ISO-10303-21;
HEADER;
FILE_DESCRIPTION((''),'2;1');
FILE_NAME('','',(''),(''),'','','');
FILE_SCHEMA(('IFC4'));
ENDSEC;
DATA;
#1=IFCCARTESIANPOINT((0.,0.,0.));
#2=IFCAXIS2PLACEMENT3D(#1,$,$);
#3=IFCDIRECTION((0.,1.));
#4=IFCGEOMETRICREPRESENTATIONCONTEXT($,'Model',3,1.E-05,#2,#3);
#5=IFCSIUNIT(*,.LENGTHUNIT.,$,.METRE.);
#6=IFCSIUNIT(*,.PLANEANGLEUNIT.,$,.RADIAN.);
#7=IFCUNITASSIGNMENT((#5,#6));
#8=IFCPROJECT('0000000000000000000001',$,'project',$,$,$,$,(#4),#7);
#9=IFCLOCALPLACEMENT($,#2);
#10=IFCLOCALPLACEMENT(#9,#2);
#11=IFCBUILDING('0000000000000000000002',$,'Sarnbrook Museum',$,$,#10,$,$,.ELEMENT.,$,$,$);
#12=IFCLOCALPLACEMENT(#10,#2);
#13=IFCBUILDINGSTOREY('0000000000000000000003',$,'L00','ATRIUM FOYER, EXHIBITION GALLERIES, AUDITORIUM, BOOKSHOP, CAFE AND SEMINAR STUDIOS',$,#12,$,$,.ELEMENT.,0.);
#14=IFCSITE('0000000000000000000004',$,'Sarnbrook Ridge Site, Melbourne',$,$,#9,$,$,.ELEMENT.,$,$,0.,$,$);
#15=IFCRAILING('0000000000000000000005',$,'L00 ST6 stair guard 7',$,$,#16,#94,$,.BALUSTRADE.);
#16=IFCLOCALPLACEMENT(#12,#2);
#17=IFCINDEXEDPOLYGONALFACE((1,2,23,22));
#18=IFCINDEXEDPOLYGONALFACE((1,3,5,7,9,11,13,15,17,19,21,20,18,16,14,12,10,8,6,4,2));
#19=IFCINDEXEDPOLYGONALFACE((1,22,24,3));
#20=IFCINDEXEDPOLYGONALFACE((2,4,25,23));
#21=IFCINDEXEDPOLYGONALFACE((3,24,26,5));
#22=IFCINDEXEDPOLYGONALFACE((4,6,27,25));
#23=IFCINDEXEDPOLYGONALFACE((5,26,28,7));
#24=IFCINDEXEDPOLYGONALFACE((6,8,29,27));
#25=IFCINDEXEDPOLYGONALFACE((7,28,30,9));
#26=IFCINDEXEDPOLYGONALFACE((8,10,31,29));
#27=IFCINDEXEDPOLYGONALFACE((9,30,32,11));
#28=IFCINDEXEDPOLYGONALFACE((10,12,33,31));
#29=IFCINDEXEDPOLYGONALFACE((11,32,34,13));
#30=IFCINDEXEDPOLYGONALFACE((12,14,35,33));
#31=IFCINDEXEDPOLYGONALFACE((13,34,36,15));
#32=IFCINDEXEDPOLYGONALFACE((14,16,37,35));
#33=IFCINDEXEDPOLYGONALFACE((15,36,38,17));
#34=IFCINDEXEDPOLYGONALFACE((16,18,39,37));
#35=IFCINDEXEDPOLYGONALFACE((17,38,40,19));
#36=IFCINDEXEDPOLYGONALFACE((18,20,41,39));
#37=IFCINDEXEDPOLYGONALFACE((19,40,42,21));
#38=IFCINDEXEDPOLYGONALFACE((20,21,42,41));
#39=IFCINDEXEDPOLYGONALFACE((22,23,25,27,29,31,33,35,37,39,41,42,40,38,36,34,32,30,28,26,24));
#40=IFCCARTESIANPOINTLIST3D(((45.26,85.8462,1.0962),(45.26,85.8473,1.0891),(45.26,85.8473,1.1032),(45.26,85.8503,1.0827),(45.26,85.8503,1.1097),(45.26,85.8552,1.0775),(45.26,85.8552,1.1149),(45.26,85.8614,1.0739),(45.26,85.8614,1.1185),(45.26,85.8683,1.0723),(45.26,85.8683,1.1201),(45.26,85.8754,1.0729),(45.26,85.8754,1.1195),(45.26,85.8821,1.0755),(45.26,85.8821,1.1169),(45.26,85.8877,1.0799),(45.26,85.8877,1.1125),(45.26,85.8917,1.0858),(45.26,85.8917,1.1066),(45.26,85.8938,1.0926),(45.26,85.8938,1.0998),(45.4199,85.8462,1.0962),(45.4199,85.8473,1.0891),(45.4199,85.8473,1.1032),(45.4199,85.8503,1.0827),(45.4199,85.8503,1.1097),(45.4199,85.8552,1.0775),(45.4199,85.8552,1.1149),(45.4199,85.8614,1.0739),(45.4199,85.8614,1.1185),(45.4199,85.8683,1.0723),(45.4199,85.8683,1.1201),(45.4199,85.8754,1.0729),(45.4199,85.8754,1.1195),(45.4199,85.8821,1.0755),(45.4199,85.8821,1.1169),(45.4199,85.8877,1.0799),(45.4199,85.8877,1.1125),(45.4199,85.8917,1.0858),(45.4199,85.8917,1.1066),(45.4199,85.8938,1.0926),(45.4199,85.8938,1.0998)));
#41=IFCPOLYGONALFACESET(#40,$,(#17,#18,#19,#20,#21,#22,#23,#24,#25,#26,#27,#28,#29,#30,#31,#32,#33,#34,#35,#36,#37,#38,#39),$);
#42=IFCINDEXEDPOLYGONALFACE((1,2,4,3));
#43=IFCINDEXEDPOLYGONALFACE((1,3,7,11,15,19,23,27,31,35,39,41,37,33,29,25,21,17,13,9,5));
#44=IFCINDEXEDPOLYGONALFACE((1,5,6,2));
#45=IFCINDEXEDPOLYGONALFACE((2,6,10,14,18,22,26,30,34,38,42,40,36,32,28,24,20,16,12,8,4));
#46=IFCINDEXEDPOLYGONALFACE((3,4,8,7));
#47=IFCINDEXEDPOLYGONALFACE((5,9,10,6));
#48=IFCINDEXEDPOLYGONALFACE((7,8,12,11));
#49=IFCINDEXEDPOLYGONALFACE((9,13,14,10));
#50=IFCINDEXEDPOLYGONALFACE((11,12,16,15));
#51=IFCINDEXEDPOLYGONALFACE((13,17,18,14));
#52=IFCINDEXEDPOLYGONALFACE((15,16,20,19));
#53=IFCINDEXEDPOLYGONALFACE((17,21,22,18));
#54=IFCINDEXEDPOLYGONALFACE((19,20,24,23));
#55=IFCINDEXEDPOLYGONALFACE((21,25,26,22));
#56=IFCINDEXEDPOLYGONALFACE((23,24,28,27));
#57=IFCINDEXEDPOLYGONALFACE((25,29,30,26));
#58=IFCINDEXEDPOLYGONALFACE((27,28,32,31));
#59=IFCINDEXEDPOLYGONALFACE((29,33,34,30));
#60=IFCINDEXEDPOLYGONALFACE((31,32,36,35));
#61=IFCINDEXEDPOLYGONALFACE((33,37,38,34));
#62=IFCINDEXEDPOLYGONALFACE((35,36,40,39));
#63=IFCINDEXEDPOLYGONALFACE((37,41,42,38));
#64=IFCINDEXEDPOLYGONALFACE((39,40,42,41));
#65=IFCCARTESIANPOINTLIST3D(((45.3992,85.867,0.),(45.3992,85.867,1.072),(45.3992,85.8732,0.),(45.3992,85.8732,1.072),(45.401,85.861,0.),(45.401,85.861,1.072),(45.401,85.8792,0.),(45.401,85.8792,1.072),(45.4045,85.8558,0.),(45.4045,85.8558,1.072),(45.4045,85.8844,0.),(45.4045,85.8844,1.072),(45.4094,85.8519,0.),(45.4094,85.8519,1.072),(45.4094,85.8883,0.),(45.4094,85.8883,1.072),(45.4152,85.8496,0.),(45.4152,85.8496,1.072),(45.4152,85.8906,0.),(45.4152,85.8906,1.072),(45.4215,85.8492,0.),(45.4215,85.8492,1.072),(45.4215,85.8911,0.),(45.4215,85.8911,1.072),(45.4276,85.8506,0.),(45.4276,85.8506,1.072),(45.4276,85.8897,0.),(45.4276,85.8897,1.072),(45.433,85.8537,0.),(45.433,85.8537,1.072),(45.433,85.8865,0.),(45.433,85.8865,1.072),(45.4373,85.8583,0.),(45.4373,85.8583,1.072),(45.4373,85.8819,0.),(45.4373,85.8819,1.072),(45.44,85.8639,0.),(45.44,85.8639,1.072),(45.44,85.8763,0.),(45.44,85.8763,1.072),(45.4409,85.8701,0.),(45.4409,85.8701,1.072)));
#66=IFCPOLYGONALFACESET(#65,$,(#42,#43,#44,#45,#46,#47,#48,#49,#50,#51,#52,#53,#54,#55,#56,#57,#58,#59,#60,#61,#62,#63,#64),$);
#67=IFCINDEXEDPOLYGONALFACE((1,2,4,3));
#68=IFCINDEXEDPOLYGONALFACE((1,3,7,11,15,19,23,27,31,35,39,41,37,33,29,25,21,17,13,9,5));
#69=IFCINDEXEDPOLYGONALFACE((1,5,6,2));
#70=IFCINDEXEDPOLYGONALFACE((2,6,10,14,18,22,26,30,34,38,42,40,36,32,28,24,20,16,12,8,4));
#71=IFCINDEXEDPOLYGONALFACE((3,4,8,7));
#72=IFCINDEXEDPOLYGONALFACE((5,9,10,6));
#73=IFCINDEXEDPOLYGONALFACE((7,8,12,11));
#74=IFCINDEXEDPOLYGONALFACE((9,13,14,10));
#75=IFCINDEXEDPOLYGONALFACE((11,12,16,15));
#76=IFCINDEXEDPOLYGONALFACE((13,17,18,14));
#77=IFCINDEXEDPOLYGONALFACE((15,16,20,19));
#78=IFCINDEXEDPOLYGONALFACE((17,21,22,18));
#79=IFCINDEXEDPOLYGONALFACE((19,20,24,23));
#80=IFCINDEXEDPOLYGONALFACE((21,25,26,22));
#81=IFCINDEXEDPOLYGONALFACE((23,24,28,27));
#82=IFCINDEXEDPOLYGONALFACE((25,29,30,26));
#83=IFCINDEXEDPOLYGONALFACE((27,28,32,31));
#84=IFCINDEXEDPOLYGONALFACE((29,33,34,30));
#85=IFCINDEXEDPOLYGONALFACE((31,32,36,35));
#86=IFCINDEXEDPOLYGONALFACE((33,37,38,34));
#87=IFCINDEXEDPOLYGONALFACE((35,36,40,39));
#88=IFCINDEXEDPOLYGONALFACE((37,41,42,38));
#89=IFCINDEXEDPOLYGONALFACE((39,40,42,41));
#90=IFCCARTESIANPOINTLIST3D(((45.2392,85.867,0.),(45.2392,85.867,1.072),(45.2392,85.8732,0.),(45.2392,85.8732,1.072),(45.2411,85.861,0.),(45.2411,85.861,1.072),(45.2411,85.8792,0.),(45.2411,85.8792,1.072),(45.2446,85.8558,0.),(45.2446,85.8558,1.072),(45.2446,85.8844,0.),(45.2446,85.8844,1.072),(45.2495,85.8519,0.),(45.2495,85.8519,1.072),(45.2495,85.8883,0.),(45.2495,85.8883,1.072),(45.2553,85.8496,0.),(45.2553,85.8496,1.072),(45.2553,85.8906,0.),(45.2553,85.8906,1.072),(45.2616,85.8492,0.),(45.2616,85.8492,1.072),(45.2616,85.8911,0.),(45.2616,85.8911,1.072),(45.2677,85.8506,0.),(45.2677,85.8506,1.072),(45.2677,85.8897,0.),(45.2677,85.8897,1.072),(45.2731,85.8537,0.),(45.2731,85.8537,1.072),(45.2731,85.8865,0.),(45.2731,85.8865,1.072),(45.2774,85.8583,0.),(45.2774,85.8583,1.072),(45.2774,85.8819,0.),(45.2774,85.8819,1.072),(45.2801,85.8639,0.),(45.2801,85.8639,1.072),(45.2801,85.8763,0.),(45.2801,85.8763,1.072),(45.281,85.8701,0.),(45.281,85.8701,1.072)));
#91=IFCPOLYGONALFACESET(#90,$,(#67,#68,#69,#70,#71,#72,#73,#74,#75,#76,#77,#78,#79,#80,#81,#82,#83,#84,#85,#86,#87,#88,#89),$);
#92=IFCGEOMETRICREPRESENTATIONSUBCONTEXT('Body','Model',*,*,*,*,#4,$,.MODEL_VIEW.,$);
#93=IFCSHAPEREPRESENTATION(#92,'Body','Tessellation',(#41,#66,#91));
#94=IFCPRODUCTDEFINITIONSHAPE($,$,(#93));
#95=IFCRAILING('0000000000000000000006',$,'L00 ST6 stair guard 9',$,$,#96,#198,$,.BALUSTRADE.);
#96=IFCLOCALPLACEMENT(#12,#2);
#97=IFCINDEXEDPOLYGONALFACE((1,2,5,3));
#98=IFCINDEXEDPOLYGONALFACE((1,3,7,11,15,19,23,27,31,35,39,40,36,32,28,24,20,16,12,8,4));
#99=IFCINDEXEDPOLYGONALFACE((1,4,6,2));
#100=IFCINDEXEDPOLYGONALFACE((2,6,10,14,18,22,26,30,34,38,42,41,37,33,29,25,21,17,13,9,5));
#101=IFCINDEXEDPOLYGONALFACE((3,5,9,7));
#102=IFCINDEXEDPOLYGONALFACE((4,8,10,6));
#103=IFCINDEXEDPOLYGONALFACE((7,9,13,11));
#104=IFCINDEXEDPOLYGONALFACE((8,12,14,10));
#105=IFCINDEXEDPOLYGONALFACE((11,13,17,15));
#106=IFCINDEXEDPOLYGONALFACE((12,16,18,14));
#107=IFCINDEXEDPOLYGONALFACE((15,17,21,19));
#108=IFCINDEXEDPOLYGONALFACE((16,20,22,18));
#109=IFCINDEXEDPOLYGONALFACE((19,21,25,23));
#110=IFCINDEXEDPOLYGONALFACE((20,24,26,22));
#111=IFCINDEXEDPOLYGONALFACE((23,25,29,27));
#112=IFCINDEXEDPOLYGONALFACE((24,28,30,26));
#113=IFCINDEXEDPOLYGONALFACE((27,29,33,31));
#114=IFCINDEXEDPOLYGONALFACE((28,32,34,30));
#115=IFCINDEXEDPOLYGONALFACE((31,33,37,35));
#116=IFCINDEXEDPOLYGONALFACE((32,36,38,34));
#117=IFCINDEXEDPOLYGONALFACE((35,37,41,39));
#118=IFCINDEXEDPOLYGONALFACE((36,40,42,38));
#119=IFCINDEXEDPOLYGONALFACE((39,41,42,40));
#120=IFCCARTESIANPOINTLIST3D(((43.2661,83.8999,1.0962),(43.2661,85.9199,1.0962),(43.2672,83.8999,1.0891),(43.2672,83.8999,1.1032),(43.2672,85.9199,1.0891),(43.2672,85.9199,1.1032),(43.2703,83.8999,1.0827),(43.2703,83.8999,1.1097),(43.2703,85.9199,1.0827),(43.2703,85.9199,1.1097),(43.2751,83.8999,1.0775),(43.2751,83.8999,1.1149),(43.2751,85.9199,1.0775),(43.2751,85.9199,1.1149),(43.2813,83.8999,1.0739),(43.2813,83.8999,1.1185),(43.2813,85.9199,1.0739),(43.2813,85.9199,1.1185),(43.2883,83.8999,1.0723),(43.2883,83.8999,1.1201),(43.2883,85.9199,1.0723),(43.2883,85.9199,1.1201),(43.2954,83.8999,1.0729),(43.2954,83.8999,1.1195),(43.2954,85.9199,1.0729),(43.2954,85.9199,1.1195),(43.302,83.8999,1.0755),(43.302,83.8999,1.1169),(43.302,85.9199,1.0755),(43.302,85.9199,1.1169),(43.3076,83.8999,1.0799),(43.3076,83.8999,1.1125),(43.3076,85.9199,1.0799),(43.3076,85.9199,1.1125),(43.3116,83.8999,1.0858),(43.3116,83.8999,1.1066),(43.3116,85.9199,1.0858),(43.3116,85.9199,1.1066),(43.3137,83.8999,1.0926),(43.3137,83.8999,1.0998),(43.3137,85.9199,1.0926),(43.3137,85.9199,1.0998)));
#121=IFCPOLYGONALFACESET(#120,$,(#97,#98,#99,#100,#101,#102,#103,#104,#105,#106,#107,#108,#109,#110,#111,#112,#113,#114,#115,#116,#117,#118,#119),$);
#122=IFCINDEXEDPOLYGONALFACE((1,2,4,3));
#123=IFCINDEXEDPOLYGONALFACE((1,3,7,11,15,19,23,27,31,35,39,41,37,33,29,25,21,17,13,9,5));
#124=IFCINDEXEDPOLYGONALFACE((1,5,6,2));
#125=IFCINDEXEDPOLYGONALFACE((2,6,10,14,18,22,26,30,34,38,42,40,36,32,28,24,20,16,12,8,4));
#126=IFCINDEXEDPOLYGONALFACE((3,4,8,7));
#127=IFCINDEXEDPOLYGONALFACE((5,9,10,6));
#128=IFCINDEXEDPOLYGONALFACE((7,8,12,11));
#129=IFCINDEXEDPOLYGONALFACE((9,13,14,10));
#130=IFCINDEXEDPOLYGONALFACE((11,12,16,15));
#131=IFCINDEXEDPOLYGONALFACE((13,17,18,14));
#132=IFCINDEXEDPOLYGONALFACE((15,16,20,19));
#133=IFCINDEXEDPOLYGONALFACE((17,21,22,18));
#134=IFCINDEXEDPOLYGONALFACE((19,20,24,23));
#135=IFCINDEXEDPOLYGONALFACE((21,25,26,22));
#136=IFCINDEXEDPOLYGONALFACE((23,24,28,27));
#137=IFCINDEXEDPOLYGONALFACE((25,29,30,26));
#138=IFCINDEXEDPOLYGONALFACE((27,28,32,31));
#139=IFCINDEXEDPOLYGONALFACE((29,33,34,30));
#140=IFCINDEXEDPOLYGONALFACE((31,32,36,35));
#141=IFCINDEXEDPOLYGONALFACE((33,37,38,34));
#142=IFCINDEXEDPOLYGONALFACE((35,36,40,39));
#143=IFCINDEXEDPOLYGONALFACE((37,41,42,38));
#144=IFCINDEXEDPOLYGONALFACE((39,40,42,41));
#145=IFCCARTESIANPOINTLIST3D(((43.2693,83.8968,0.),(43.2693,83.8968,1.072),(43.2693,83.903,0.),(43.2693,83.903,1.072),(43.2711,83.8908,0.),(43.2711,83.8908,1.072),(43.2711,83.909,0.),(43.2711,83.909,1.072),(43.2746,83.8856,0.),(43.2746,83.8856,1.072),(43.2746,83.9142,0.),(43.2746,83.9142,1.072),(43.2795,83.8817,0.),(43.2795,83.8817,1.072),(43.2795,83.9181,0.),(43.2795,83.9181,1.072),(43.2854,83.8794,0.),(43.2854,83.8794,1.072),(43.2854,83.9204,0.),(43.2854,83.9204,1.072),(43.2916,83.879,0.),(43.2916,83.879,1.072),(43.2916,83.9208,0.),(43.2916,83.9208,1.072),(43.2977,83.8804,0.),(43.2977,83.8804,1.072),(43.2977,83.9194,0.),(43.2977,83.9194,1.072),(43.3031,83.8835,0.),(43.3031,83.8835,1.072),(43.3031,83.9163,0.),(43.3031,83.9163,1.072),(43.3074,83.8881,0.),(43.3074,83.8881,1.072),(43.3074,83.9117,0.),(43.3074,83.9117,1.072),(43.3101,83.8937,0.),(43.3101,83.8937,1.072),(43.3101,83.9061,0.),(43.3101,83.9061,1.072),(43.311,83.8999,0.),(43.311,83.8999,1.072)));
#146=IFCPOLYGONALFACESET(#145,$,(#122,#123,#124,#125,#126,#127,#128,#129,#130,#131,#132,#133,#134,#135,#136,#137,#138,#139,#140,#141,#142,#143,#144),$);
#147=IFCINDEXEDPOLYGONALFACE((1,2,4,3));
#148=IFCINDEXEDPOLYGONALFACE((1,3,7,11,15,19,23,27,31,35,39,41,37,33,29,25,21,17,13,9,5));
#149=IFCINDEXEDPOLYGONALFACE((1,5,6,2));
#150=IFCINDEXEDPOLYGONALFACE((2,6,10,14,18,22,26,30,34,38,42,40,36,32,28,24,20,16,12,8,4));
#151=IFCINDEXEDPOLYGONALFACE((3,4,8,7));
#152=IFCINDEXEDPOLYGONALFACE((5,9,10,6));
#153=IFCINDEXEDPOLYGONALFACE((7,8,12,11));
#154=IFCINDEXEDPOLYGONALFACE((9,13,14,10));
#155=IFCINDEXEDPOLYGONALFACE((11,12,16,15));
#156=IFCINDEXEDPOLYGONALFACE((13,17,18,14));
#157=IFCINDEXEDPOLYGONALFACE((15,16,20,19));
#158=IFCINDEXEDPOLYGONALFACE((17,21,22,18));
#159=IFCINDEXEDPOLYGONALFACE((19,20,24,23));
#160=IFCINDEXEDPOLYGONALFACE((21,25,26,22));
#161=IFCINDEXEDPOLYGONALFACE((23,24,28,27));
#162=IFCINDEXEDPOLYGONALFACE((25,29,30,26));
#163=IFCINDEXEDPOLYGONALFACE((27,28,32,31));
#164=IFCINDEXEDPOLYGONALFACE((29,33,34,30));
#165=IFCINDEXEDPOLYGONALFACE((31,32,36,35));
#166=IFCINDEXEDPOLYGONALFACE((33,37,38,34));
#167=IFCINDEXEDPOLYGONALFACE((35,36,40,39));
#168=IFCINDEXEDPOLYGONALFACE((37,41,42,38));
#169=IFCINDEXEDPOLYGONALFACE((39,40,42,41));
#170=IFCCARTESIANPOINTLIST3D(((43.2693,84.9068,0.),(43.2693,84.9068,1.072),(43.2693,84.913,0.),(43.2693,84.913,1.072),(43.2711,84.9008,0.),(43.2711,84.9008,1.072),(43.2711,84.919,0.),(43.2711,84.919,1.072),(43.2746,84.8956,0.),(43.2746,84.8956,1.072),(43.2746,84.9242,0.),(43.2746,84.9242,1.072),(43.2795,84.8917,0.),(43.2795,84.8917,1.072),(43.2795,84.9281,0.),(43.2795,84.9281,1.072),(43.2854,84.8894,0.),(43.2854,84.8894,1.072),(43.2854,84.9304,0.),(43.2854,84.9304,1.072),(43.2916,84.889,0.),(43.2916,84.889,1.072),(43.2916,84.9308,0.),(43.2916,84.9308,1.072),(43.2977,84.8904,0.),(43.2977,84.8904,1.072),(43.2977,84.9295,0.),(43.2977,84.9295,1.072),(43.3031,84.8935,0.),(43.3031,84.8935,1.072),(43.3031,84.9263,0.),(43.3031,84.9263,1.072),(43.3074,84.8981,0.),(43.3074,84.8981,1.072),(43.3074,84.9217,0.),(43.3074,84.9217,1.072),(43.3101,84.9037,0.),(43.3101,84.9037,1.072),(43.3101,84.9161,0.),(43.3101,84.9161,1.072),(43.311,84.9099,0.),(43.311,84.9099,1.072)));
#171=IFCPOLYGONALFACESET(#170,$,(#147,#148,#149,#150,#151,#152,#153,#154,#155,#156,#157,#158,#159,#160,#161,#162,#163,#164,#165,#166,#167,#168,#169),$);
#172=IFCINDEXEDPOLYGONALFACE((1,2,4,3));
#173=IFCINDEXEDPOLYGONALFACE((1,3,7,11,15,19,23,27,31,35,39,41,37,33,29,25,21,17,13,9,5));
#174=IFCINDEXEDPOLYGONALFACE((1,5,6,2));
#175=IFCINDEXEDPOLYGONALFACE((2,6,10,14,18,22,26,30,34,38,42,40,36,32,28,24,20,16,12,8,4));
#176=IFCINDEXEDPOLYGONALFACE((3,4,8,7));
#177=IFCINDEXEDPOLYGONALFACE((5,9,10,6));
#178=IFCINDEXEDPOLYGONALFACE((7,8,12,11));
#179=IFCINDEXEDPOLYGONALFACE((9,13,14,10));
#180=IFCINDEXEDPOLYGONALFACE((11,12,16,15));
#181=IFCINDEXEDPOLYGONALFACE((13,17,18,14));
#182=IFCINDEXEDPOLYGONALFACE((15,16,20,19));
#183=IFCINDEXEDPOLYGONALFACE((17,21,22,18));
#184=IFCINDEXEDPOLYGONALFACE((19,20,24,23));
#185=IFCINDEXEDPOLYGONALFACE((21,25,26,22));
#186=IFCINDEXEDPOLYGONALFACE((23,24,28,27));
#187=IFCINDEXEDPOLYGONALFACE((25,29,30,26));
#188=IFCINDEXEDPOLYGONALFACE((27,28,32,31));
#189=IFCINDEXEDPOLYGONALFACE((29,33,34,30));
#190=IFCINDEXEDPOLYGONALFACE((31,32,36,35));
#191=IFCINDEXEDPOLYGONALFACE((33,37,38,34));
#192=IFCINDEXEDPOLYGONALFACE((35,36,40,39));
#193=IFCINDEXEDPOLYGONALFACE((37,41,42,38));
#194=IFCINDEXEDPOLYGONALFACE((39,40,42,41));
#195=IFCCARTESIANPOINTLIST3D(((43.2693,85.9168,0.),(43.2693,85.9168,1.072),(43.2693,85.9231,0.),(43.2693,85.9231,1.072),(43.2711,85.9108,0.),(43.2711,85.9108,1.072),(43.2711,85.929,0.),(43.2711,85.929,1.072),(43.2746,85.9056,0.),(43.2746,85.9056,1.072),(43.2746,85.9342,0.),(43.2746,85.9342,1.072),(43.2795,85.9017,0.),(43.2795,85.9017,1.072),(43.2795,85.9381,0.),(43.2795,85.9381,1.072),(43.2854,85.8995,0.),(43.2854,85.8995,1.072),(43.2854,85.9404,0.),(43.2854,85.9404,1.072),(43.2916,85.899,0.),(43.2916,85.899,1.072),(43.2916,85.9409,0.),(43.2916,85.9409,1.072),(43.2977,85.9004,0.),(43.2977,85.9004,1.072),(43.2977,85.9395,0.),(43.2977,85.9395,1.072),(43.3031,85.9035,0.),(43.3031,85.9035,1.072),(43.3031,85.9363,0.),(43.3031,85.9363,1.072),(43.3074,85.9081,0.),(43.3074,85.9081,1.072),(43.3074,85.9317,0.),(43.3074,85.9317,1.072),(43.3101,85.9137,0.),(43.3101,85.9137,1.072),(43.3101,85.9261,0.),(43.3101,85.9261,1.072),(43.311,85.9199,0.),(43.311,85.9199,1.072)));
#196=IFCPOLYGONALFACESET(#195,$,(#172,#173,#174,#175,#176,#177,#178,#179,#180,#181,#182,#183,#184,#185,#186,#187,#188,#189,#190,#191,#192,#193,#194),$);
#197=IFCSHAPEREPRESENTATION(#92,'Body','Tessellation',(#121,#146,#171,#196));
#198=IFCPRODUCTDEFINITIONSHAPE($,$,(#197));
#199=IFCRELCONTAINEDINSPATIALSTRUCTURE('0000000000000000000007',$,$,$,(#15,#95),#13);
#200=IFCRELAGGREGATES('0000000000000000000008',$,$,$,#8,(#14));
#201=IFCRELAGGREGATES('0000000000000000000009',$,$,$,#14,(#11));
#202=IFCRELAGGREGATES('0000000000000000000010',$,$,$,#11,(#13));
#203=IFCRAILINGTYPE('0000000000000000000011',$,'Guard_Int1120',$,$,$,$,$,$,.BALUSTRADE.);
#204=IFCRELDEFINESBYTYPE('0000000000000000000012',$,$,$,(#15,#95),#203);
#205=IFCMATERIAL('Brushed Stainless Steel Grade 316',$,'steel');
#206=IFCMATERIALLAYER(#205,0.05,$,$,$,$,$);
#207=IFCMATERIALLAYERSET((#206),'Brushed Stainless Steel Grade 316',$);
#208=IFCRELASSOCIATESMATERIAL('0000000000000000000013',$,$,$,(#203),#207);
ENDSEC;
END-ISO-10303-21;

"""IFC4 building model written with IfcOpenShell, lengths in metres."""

from ifc_helpers import new_model, si_unit, direction, frame, origin, origin_2d, place, context, subcontext, project, spatial, circle, extrude, material, layer, layer_set, type_object, element, save


model = new_model("IFC4")

# Units and contexts
model_context = context("Model", 3, precision=1e-05, world=origin(), true_north=direction((0.0, 1.0)))
body_context = subcontext(model_context, "Body", "Model", "MODEL_VIEW")
ifc_project = project(units=[si_unit("LENGTHUNIT", "METRE"), si_unit("PLANEANGLEUNIT", "RADIAN")], contexts=[model_context])

# Site, building, storey
site_placement = place(None, origin())
site = spatial("IfcSite", under=ifc_project, at=site_placement, Name="Sarnbrook Ridge Site, Melbourne", CompositionType="ELEMENT", RefElevation=0.0)
building_placement = place(site_placement, origin())
building = spatial("IfcBuilding", under=site, at=building_placement, Name="Sarnbrook Museum", CompositionType="ELEMENT")
storey_placement = place(building_placement, origin())
storey = spatial("IfcBuildingStorey", under=building, at=storey_placement, Name="L00", Description="ATRIUM FOYER, EXHIBITION GALLERIES, AUDITORIUM, BOOKSHOP, CAFE AND SEMINAR STUDIOS", CompositionType="ELEMENT", Elevation=0.0)

# Shared definitions
ifc_material_1 = material(Name="Brushed Stainless Steel Grade 316", Category="steel")

# Railings
ifc_layer_1 = layer(ifc_material_1, 0.05)
ifc_layer_set_1 = layer_set([ifc_layer_1], Name="Brushed Stainless Steel Grade 316")
railing_type_1 = type_object("IfcRailingType", Name="Guard_Int1120", PredefinedType="BALUSTRADE", material=ifc_layer_set_1)
railing_1_placement = place(storey_placement, frame((45.4199, 85.8701, 0.0)))
element("IfcRailing", 1, at=railing_1_placement, inside=storey, type_object=railing_type_1, Name="L00 ST6 stair guard 7", PredefinedType="BALUSTRADE", context=body_context, shape_type="SweptSolid", body=[
    extrude(circle(Radius=0.0239, at=origin_2d()), frame((0.0, 0.0, 1.0962), z_axis=(-1.0, 0.0, 0.0), x_axis=(0.0, -1.0, 0.0)), (0.0, 0.0, 1.0), 0.1599),
    extrude(circle(Radius=0.021, at=origin_2d()), origin(), (0.0, 0.0, 1.0), 1.072),
    extrude(circle(Radius=0.021, at=origin_2d()), frame((-0.1599, 0.0, 0.0)), (0.0, 0.0, 1.0), 1.072),
])
railing_2_placement = place(storey_placement, frame((43.29, 83.8999, 0.0)))
element("IfcRailing", 2, at=railing_2_placement, inside=storey, type_object=railing_type_1, Name="L00 ST6 stair guard 9", PredefinedType="BALUSTRADE", context=body_context, shape_type="SweptSolid", body=[
    extrude(circle(Radius=0.0239, at=origin_2d()), frame((0.0, 0.0, 1.0962), z_axis=(0.0, 1.0, 0.0), x_axis=(-1.0, 0.0, 0.0)), (0.0, 0.0, 1.0), 2.02),
    extrude(circle(Radius=0.021, at=origin_2d()), origin(), (0.0, 0.0, 1.0), 1.072),
    extrude(circle(Radius=0.021, at=origin_2d()), frame((0.0, 1.01, 0.0)), (0.0, 0.0, 1.0), 1.072),
    extrude(circle(Radius=0.021, at=origin_2d()), frame((0.0, 2.02, 0.0)), (0.0, 0.0, 1.0), 1.072),
])

save(model, "model.ifc")
